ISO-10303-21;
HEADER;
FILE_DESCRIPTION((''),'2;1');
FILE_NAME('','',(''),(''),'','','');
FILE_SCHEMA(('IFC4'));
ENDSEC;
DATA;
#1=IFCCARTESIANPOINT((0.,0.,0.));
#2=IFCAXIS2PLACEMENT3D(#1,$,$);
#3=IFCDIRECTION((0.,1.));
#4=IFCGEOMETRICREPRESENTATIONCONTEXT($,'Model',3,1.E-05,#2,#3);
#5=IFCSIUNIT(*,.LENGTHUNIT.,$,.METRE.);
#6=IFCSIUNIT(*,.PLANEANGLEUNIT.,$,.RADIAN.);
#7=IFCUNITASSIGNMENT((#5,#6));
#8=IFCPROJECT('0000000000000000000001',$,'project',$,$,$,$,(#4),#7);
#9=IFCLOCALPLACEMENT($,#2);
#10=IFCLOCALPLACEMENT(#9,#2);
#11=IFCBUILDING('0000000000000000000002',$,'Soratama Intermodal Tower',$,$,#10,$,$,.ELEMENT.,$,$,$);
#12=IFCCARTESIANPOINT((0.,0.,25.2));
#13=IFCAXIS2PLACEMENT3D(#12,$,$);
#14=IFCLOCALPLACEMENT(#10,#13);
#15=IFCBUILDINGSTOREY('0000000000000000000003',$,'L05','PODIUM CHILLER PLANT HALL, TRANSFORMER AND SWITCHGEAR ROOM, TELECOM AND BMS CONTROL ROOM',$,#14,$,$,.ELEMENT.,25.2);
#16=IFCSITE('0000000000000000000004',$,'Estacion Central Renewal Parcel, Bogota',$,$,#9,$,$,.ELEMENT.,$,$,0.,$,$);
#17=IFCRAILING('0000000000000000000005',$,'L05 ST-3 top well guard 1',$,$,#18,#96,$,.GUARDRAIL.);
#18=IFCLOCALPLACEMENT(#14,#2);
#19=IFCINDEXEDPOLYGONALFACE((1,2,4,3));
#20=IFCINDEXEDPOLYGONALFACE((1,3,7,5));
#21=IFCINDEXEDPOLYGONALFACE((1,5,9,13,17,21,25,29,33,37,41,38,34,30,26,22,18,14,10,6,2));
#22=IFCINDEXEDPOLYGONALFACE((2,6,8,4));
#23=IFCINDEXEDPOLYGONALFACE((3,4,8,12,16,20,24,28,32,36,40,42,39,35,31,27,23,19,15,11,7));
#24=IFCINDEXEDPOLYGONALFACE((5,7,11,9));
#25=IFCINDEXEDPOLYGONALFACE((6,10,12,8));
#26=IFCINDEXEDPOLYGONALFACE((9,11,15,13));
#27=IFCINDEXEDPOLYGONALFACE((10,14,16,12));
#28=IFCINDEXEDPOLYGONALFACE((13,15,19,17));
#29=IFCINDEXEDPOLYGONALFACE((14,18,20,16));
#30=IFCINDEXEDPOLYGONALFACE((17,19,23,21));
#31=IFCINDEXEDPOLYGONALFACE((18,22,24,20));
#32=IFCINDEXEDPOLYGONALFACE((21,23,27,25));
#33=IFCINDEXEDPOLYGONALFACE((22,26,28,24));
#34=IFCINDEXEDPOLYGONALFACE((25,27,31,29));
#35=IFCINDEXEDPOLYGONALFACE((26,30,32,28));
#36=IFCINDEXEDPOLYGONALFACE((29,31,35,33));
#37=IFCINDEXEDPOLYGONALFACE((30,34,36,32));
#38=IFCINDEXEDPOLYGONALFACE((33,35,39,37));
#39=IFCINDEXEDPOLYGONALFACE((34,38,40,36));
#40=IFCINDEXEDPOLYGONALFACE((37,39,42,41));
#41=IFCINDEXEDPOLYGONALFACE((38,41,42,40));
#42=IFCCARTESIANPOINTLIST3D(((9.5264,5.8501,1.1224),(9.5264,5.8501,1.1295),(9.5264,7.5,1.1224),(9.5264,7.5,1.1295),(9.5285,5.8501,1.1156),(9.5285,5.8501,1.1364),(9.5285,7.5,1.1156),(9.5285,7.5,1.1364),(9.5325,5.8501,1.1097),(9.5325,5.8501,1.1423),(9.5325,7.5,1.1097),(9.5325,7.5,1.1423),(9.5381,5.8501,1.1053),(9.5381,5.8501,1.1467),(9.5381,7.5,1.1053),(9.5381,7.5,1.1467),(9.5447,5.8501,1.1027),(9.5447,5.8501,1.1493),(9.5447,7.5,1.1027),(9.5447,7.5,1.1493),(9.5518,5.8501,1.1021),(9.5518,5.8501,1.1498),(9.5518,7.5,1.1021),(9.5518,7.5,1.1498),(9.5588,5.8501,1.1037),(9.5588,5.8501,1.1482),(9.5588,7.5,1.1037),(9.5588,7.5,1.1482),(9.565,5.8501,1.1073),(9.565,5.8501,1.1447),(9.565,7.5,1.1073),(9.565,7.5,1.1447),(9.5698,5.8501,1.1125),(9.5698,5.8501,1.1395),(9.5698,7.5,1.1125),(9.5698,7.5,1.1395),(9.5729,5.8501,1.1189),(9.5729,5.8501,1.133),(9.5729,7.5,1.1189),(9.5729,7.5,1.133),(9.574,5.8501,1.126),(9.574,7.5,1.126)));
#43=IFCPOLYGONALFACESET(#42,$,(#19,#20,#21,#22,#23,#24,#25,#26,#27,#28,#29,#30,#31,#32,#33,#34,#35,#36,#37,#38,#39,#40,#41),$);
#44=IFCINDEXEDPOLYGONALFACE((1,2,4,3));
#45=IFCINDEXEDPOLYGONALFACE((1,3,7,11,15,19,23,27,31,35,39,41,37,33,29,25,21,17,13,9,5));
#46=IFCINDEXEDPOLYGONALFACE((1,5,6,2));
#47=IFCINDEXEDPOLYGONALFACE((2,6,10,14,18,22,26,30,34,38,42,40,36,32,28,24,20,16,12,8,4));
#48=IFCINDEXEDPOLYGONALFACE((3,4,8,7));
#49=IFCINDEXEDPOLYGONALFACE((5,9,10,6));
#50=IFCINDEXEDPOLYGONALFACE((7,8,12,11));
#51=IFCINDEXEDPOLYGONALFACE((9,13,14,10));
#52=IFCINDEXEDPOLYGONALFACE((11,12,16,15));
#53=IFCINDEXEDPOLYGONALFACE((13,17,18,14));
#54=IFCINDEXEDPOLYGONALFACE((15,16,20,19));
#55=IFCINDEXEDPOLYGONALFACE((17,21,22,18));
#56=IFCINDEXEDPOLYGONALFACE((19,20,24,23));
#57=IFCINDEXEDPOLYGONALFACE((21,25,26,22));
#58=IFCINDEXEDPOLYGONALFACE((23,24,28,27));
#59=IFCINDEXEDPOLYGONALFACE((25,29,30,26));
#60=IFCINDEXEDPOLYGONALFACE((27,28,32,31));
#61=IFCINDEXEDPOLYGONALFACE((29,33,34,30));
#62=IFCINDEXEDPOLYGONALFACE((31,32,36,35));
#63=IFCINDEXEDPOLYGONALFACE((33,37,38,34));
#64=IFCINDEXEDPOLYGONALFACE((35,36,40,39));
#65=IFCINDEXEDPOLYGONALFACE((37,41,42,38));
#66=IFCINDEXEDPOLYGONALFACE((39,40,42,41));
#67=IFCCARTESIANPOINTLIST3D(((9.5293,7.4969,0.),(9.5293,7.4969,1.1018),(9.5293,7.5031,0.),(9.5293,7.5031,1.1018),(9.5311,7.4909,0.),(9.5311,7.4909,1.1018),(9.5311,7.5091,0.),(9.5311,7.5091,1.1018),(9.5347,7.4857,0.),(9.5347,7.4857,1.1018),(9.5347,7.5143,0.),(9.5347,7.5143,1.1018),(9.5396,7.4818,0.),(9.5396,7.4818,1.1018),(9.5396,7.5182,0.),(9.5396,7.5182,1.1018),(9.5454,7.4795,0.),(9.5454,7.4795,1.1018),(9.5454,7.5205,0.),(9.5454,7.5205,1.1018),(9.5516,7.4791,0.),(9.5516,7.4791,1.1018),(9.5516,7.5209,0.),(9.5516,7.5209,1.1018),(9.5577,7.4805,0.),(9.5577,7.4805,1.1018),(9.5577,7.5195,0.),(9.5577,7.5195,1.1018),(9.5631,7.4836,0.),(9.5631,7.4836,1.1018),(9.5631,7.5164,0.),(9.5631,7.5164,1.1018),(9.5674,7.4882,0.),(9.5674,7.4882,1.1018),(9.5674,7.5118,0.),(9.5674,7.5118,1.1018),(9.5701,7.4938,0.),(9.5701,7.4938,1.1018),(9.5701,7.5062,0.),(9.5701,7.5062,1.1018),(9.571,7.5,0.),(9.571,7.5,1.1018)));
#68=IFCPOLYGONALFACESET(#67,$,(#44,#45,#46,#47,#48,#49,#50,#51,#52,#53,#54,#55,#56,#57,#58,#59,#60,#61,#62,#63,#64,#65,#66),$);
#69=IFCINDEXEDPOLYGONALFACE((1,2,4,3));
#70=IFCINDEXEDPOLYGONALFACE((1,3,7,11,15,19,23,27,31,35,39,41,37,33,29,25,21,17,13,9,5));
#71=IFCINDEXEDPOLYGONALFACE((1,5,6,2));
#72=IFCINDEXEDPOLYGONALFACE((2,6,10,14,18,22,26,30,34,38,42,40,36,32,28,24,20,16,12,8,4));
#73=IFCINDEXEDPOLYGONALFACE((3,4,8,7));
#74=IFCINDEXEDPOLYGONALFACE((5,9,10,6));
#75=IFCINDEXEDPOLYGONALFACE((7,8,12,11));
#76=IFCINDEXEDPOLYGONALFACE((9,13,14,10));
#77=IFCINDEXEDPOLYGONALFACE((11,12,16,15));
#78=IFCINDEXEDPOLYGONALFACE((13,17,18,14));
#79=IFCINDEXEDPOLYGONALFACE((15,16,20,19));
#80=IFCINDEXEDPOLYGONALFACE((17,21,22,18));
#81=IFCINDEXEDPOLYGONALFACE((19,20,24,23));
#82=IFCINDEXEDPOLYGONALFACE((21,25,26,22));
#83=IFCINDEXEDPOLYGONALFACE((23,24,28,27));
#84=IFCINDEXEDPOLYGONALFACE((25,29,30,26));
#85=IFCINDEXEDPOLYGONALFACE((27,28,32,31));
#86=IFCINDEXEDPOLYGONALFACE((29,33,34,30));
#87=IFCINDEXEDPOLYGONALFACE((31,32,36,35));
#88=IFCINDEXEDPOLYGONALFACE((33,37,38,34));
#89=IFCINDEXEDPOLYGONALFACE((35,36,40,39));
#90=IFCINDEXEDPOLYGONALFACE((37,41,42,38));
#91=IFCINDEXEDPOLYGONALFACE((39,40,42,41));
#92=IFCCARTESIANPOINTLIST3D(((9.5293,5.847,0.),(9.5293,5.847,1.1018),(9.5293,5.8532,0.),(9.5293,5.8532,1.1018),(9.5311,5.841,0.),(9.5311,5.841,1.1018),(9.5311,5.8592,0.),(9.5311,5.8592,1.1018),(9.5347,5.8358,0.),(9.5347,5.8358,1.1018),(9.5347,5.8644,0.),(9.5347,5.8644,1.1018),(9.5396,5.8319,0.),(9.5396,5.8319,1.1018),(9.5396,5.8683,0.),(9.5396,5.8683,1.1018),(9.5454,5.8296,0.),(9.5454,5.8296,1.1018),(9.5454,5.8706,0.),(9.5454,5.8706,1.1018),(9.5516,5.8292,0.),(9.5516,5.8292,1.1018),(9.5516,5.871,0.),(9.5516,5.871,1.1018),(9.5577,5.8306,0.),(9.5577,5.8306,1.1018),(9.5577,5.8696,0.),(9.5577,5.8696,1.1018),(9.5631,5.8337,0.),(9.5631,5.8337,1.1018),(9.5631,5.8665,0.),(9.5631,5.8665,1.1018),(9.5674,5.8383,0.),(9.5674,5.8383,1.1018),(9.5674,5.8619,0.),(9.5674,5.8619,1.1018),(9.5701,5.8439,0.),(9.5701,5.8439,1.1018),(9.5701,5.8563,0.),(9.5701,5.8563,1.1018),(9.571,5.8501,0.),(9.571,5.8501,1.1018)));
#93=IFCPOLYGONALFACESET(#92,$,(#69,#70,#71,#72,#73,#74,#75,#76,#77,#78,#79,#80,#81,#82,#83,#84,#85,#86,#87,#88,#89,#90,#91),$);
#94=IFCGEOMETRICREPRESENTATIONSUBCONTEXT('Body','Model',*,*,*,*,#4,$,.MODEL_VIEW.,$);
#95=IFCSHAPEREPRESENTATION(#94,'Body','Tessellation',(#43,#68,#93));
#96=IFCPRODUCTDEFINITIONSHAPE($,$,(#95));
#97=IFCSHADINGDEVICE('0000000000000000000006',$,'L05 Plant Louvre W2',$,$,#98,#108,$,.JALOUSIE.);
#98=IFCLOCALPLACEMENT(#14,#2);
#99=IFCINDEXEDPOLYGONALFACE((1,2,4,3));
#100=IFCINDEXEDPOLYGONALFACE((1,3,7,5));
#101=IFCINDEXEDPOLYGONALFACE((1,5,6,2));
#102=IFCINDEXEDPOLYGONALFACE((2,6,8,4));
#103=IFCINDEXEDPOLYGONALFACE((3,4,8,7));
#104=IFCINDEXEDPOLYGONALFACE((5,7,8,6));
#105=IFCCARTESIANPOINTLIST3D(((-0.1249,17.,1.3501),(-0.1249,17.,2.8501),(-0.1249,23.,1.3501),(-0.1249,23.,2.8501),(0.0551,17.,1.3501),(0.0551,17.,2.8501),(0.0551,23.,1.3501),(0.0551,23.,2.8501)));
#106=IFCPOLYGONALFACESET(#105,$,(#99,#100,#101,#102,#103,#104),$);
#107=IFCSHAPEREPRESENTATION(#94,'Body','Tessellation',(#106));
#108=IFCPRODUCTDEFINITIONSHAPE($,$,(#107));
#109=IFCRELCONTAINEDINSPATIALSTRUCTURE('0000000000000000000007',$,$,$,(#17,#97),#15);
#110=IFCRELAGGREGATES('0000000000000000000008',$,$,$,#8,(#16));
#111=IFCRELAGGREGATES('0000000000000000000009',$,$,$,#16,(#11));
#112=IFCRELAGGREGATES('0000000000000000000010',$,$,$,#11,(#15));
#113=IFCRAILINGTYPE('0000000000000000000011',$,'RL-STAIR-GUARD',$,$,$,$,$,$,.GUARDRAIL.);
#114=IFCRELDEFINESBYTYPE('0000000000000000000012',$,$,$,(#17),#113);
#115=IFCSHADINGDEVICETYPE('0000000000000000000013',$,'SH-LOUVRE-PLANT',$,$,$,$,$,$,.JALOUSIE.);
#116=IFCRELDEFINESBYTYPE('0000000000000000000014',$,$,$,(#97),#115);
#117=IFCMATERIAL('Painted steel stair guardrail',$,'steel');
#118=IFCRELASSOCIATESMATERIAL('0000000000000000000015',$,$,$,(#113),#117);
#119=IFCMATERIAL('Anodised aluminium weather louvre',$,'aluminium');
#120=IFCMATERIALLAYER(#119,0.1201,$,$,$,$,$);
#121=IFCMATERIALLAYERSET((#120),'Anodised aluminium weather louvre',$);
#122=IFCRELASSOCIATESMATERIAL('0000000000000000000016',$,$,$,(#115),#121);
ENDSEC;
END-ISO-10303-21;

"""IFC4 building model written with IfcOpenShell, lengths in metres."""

from ifc_helpers import new_model, si_unit, direction, frame, origin, origin_2d, place, context, subcontext, project, spatial, rectangle, circle, extrude, material, layer, layer_set, type_object, element, save


model = new_model("IFC4")

# Units and contexts
model_context = context("Model", 3, precision=1e-05, world=origin(), true_north=direction((0.0, 1.0)))
body_context = subcontext(model_context, "Body", "Model", "MODEL_VIEW")
ifc_project = project(units=[si_unit("LENGTHUNIT", "METRE"), si_unit("PLANEANGLEUNIT", "RADIAN")], contexts=[model_context])

# Site, building, storey
site_placement = place(None, origin())
site = spatial("IfcSite", under=ifc_project, at=site_placement, Name="Estacion Central Renewal Parcel, Bogota", CompositionType="ELEMENT", RefElevation=0.0)
building_placement = place(site_placement, origin())
building = spatial("IfcBuilding", under=site, at=building_placement, Name="Soratama Intermodal Tower", CompositionType="ELEMENT")
storey_placement = place(building_placement, frame((0.0, 0.0, 25.2)))
storey = spatial("IfcBuildingStorey", under=building, at=storey_placement, Name="L05", Description="PODIUM CHILLER PLANT HALL, TRANSFORMER AND SWITCHGEAR ROOM, TELECOM AND BMS CONTROL ROOM", CompositionType="ELEMENT", Elevation=25.2)

# Railing
ifc_material_1 = material(Name="Painted steel stair guardrail", Category="steel")
railing_type = type_object("IfcRailingType", Name="RL-STAIR-GUARD", PredefinedType="GUARDRAIL", material=ifc_material_1)
railing_placement = place(storey_placement, frame((9.55, 7.5, 0.0)))
element("IfcRailing", 1, at=railing_placement, inside=storey, type_object=railing_type, Name="L05 ST-3 top well guard 1", PredefinedType="GUARDRAIL", context=body_context, shape_type="SweptSolid", body=[
    extrude(circle(Radius=0.0239, at=origin_2d()), frame((0.0, 0.0, 1.126), z_axis=(0.0, -1.0, 0.0), x_axis=(1.0, 0.0, 0.0)), (0.0, 0.0, 1.0), 1.6499),
    extrude(circle(Radius=0.021, at=origin_2d()), origin(), (0.0, 0.0, 1.0), 1.1018),
    extrude(circle(Radius=0.021, at=origin_2d()), frame((0.0, -1.6499, 0.0)), (0.0, 0.0, 1.0), 1.1018),
])

# Shading device
ifc_material_2 = material(Name="Anodised aluminium weather louvre", Category="aluminium")
ifc_layer_1 = layer(ifc_material_2, 0.1201)
ifc_layer_set_1 = layer_set([ifc_layer_1], Name="Anodised aluminium weather louvre")
shading_device_type = type_object("IfcShadingDeviceType", Name="SH-LOUVRE-PLANT", PredefinedType="JALOUSIE", material=ifc_layer_set_1)
shading_device_placement = place(storey_placement, frame((-0.0349, 20.0, 1.3501), z_axis=(0.0, 0.0, 1.0), x_axis=(0.0, 1.0, 0.0)))
element("IfcShadingDevice", 2, at=shading_device_placement, inside=storey, type_object=shading_device_type, Name="L05 Plant Louvre W2", PredefinedType="JALOUSIE", context=body_context, shape_type="SweptSolid", body=[
    extrude(rectangle(XDim=6.0, YDim=0.1799, at=origin_2d()), origin(), (0.0, 0.0, 1.0), 1.5),
])

save(model, "model.ifc")
